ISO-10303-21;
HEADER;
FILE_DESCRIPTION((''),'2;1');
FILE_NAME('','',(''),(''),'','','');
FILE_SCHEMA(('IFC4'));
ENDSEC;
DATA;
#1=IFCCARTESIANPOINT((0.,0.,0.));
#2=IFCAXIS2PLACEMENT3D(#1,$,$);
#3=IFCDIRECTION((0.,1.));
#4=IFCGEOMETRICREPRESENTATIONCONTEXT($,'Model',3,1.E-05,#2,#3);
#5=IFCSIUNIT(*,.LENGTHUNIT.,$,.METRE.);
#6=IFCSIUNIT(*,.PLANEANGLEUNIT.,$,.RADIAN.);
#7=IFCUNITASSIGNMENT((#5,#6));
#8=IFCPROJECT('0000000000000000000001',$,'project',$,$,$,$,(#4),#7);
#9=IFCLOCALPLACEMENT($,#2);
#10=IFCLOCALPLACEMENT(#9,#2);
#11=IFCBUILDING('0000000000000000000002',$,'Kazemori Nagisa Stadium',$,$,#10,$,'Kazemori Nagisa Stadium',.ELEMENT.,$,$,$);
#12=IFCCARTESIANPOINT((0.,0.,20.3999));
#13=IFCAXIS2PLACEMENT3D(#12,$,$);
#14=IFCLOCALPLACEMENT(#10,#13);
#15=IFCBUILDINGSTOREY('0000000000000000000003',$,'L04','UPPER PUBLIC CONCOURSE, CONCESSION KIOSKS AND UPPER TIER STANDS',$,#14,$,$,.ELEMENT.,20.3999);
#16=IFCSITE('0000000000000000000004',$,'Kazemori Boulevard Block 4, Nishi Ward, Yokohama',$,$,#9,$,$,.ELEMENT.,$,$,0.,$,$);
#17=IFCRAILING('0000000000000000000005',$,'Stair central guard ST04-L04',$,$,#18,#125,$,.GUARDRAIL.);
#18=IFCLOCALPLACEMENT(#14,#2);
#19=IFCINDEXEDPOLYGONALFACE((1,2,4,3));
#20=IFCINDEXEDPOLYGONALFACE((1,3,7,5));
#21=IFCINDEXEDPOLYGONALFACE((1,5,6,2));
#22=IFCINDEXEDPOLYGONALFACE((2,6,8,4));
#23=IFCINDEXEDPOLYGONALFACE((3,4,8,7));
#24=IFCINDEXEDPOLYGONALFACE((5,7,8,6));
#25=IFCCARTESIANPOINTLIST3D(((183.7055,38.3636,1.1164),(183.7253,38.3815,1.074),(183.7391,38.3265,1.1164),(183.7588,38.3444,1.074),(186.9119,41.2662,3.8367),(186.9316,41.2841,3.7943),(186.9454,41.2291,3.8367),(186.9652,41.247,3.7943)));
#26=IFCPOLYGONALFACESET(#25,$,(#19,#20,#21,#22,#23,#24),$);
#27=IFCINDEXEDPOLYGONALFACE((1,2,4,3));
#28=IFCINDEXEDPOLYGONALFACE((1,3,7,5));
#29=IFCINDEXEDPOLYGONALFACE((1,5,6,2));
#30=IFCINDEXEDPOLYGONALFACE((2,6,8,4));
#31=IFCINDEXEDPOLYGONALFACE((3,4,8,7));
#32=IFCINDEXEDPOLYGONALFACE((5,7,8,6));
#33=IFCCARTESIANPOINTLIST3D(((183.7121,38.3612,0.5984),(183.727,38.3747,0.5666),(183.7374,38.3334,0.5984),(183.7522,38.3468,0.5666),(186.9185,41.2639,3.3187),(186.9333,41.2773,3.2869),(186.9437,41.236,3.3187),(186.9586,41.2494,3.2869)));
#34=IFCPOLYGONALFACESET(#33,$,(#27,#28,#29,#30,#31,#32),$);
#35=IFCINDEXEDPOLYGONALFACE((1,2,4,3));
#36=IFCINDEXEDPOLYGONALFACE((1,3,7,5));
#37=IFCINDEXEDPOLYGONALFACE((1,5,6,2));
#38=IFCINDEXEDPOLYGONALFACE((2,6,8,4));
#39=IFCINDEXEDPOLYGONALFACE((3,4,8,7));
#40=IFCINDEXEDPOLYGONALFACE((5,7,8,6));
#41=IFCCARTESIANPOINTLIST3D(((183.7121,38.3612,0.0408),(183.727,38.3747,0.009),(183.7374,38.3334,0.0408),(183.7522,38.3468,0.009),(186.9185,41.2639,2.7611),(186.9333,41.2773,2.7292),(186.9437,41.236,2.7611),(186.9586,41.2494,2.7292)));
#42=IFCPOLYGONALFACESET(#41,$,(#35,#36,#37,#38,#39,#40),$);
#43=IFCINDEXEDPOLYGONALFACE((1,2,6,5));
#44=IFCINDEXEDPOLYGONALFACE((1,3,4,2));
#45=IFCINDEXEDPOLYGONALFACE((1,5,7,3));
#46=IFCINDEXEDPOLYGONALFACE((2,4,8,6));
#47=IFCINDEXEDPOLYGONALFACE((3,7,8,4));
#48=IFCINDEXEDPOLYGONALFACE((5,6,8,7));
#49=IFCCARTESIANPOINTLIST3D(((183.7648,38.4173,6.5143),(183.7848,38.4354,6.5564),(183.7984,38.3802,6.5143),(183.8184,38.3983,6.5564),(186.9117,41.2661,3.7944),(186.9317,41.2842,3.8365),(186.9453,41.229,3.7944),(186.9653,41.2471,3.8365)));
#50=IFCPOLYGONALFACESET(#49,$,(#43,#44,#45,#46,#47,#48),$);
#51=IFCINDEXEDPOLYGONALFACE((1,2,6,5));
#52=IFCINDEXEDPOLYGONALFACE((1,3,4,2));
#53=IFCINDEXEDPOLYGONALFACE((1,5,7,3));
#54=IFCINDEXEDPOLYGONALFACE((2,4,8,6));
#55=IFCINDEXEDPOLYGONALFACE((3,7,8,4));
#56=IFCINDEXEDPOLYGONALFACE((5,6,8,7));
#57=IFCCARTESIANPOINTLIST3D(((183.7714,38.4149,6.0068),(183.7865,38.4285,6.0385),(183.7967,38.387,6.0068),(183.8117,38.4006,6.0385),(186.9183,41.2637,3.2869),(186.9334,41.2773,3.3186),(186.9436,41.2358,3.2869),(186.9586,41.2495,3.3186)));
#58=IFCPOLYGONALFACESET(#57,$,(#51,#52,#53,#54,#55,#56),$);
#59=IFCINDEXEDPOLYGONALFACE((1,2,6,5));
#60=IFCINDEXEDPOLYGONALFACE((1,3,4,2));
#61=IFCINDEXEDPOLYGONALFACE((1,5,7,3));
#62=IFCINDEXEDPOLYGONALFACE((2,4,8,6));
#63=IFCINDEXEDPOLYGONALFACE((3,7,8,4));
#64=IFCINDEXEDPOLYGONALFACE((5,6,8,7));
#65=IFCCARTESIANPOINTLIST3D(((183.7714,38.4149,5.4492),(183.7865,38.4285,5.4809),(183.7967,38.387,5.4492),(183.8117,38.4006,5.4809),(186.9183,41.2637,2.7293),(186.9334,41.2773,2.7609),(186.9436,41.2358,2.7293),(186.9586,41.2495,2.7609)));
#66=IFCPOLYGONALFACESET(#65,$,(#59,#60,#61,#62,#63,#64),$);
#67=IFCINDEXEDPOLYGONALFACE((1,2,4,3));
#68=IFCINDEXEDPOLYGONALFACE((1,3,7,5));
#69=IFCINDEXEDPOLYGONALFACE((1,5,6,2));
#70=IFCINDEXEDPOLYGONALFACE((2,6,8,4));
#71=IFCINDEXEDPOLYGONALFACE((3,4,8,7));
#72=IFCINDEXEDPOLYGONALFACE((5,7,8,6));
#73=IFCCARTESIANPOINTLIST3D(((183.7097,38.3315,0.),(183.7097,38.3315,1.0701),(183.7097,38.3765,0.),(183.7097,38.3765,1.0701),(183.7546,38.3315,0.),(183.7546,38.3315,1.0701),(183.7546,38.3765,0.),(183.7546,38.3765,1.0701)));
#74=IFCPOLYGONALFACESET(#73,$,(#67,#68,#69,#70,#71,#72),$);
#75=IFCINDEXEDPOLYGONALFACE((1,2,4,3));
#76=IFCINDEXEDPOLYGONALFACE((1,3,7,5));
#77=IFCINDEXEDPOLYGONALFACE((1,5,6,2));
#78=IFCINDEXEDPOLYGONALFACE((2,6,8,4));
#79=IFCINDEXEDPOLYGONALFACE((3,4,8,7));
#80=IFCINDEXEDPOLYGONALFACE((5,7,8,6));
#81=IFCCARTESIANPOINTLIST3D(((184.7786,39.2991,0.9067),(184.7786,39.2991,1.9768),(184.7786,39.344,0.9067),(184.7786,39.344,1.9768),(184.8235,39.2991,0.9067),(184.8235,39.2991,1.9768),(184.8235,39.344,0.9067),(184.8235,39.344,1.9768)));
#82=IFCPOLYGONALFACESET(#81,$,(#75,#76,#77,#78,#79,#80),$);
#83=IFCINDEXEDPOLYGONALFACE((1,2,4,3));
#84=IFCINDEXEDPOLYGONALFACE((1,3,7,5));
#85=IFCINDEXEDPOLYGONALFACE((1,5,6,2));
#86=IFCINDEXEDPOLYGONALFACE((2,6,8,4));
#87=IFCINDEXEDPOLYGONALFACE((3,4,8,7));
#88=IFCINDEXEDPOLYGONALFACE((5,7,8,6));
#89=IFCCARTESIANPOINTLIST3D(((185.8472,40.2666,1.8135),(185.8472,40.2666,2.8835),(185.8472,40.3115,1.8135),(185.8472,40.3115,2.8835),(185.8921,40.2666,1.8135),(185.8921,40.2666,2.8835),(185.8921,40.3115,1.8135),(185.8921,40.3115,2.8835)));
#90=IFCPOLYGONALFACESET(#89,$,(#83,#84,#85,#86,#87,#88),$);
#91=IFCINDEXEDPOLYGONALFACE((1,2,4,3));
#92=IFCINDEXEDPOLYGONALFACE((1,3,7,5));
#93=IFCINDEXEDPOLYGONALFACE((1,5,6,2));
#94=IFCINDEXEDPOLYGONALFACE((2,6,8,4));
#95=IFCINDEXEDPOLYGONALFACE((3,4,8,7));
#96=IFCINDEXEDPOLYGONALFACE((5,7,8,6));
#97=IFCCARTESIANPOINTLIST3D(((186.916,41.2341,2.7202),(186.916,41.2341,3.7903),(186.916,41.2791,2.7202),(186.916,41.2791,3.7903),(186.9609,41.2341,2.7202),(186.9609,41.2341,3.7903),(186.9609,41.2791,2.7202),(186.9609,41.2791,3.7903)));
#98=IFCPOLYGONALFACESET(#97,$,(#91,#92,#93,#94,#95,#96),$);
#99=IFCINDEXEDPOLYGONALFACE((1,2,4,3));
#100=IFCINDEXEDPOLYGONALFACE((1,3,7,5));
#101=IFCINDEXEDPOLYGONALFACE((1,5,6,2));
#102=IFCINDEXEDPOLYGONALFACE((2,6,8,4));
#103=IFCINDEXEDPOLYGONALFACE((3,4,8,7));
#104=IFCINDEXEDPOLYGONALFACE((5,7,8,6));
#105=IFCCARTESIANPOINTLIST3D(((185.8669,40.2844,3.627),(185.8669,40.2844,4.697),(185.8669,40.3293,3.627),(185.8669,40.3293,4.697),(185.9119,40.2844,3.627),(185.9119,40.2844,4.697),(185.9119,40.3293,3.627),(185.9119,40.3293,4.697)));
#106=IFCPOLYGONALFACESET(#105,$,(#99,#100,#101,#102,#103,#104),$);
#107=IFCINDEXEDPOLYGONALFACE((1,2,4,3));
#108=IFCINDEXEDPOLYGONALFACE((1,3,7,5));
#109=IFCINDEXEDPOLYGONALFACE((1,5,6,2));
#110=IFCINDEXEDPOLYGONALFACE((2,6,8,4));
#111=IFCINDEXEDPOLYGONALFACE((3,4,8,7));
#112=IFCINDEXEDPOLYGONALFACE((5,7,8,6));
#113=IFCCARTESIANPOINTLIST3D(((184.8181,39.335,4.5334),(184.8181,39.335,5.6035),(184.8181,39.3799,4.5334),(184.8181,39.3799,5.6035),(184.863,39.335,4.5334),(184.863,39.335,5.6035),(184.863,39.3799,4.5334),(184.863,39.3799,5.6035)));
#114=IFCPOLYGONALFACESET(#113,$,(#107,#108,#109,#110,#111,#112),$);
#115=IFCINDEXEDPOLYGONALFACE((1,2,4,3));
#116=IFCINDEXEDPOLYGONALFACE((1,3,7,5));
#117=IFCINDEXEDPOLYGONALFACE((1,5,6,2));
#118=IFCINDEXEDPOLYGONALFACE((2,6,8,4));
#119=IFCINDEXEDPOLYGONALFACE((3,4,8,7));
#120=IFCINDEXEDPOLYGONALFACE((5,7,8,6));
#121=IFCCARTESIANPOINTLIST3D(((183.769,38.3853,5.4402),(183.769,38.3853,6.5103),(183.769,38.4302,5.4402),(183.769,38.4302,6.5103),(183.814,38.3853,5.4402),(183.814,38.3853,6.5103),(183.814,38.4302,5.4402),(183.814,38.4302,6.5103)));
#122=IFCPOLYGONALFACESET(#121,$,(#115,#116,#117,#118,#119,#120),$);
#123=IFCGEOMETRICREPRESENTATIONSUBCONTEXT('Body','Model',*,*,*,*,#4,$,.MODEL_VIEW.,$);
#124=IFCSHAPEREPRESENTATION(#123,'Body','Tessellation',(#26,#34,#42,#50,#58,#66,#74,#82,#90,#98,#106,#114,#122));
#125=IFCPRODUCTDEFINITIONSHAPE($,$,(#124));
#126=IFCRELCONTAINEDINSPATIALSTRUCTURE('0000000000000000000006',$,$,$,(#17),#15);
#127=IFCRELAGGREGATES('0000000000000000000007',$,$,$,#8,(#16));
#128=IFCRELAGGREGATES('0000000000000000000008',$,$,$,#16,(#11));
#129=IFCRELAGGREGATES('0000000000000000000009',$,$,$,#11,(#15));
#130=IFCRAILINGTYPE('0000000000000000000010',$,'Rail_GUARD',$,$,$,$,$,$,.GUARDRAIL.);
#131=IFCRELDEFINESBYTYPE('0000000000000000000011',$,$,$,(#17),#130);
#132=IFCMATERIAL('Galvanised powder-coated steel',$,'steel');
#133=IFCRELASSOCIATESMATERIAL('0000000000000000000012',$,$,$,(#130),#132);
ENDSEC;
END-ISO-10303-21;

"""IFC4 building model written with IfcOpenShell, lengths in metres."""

from ifc_helpers import new_model, si_unit, direction, frame, origin, origin_2d, place, context, subcontext, project, spatial, rectangle, extrude, material, type_object, element, save


model = new_model("IFC4")

# Units and contexts
model_context = context("Model", 3, precision=1e-05, world=origin(), true_north=direction((0.0, 1.0)))
body_context = subcontext(model_context, "Body", "Model", "MODEL_VIEW")
ifc_project = project(units=[si_unit("LENGTHUNIT", "METRE"), si_unit("PLANEANGLEUNIT", "RADIAN")], contexts=[model_context])

# Site, building, storey
site_placement = place(None, origin())
site = spatial("IfcSite", under=ifc_project, at=site_placement, Name="Kazemori Boulevard Block 4, Nishi Ward, Yokohama", CompositionType="ELEMENT", RefElevation=0.0)
building_placement = place(site_placement, origin())
building = spatial("IfcBuilding", under=site, at=building_placement, Name="Kazemori Nagisa Stadium", LongName="Kazemori Nagisa Stadium", CompositionType="ELEMENT")
storey_placement = place(building_placement, frame((0.0, 0.0, 20.3999)))
storey = spatial("IfcBuildingStorey", under=building, at=storey_placement, Name="L04", Description="UPPER PUBLIC CONCOURSE, CONCESSION KIOSKS AND UPPER TIER STANDS", CompositionType="ELEMENT", Elevation=20.3999)

# Railing
ifc_material_1 = material(Name="Galvanised powder-coated steel", Category="steel")
railing_type_1 = type_object("IfcRailingType", Name="Rail_GUARD", PredefinedType="GUARDRAIL", material=ifc_material_1)
railing_1_placement = place(storey_placement, frame((183.7322, 38.354, 0.0)))
element("IfcRailing", 1, at=railing_1_placement, inside=storey, type_object=railing_type_1, Name="Stair central guard ST04-L04", PredefinedType="GUARDRAIL", context=body_context, shape_type="SweptSolid", body=[
    extrude(rectangle(XDim=0.05, YDim=0.05, at=origin_2d()), frame((0.0, 0.0, 1.0952), z_axis=(0.627542, 0.568099, 0.532405), x_axis=(-0.671123, 0.741346, 0.0)), (0.0, 0.0, 1.0), 5.1094),
    extrude(rectangle(XDim=0.0376, YDim=0.0376, at=origin_2d()), frame((0.0, 0.0, 0.5825), z_axis=(0.627542, 0.568099, 0.532405), x_axis=(-0.671123, 0.741346, 0.0)), (0.0, 0.0, 1.0), 5.1094),
    extrude(rectangle(XDim=0.0376, YDim=0.0376, at=origin_2d()), frame((0.0, 0.0, 0.0249), z_axis=(0.627542, 0.568099, 0.532405), x_axis=(-0.671123, 0.741346, 0.0)), (0.0, 0.0, 1.0), 5.1094),
    extrude(rectangle(XDim=0.05, YDim=0.05, at=origin_2d()), frame((3.2063, 2.9026, 3.8154), z_axis=(-0.624201, -0.565073, 0.539505), x_axis=(0.671123, -0.741346, 0.0)), (0.0, 0.0, 1.0), 5.0415),
    extrude(rectangle(XDim=0.0376, YDim=0.0376, at=origin_2d()), frame((3.2063, 2.9026, 3.3027), z_axis=(-0.624201, -0.565073, 0.539505), x_axis=(0.671123, -0.741346, 0.0)), (0.0, 0.0, 1.0), 5.0415),
    extrude(rectangle(XDim=0.0376, YDim=0.0376, at=origin_2d()), frame((3.2063, 2.9026, 2.7451), z_axis=(-0.624201, -0.565073, 0.539505), x_axis=(0.671123, -0.741346, 0.0)), (0.0, 0.0, 1.0), 5.0415),
    extrude(rectangle(XDim=0.0449, YDim=0.0449, at=origin_2d()), origin(), (0.0, 0.0, 1.0), 1.0701),
    extrude(rectangle(XDim=0.0449, YDim=0.0449, at=origin_2d()), frame((1.0688, 0.9675, 0.9067)), (0.0, 0.0, 1.0), 1.0701),
    extrude(rectangle(XDim=0.0449, YDim=0.0449, at=origin_2d()), frame((2.1375, 1.9351, 1.8135)), (0.0, 0.0, 1.0), 1.0701),
    extrude(rectangle(XDim=0.0449, YDim=0.0449, at=origin_2d()), frame((3.2063, 2.9026, 2.7202)), (0.0, 0.0, 1.0), 1.0701),
    extrude(rectangle(XDim=0.0449, YDim=0.0449, at=origin_2d()), frame((2.1572, 1.9529, 3.627)), (0.0, 0.0, 1.0), 1.0701),
    extrude(rectangle(XDim=0.0449, YDim=0.0449, at=origin_2d()), frame((1.1084, 1.0034, 4.5334)), (0.0, 0.0, 1.0), 1.0701),
    extrude(rectangle(XDim=0.0449, YDim=0.0449, at=origin_2d()), frame((0.0593, 0.0537, 5.4402)), (0.0, 0.0, 1.0), 1.0701),
])

save(model, "model.ifc")
